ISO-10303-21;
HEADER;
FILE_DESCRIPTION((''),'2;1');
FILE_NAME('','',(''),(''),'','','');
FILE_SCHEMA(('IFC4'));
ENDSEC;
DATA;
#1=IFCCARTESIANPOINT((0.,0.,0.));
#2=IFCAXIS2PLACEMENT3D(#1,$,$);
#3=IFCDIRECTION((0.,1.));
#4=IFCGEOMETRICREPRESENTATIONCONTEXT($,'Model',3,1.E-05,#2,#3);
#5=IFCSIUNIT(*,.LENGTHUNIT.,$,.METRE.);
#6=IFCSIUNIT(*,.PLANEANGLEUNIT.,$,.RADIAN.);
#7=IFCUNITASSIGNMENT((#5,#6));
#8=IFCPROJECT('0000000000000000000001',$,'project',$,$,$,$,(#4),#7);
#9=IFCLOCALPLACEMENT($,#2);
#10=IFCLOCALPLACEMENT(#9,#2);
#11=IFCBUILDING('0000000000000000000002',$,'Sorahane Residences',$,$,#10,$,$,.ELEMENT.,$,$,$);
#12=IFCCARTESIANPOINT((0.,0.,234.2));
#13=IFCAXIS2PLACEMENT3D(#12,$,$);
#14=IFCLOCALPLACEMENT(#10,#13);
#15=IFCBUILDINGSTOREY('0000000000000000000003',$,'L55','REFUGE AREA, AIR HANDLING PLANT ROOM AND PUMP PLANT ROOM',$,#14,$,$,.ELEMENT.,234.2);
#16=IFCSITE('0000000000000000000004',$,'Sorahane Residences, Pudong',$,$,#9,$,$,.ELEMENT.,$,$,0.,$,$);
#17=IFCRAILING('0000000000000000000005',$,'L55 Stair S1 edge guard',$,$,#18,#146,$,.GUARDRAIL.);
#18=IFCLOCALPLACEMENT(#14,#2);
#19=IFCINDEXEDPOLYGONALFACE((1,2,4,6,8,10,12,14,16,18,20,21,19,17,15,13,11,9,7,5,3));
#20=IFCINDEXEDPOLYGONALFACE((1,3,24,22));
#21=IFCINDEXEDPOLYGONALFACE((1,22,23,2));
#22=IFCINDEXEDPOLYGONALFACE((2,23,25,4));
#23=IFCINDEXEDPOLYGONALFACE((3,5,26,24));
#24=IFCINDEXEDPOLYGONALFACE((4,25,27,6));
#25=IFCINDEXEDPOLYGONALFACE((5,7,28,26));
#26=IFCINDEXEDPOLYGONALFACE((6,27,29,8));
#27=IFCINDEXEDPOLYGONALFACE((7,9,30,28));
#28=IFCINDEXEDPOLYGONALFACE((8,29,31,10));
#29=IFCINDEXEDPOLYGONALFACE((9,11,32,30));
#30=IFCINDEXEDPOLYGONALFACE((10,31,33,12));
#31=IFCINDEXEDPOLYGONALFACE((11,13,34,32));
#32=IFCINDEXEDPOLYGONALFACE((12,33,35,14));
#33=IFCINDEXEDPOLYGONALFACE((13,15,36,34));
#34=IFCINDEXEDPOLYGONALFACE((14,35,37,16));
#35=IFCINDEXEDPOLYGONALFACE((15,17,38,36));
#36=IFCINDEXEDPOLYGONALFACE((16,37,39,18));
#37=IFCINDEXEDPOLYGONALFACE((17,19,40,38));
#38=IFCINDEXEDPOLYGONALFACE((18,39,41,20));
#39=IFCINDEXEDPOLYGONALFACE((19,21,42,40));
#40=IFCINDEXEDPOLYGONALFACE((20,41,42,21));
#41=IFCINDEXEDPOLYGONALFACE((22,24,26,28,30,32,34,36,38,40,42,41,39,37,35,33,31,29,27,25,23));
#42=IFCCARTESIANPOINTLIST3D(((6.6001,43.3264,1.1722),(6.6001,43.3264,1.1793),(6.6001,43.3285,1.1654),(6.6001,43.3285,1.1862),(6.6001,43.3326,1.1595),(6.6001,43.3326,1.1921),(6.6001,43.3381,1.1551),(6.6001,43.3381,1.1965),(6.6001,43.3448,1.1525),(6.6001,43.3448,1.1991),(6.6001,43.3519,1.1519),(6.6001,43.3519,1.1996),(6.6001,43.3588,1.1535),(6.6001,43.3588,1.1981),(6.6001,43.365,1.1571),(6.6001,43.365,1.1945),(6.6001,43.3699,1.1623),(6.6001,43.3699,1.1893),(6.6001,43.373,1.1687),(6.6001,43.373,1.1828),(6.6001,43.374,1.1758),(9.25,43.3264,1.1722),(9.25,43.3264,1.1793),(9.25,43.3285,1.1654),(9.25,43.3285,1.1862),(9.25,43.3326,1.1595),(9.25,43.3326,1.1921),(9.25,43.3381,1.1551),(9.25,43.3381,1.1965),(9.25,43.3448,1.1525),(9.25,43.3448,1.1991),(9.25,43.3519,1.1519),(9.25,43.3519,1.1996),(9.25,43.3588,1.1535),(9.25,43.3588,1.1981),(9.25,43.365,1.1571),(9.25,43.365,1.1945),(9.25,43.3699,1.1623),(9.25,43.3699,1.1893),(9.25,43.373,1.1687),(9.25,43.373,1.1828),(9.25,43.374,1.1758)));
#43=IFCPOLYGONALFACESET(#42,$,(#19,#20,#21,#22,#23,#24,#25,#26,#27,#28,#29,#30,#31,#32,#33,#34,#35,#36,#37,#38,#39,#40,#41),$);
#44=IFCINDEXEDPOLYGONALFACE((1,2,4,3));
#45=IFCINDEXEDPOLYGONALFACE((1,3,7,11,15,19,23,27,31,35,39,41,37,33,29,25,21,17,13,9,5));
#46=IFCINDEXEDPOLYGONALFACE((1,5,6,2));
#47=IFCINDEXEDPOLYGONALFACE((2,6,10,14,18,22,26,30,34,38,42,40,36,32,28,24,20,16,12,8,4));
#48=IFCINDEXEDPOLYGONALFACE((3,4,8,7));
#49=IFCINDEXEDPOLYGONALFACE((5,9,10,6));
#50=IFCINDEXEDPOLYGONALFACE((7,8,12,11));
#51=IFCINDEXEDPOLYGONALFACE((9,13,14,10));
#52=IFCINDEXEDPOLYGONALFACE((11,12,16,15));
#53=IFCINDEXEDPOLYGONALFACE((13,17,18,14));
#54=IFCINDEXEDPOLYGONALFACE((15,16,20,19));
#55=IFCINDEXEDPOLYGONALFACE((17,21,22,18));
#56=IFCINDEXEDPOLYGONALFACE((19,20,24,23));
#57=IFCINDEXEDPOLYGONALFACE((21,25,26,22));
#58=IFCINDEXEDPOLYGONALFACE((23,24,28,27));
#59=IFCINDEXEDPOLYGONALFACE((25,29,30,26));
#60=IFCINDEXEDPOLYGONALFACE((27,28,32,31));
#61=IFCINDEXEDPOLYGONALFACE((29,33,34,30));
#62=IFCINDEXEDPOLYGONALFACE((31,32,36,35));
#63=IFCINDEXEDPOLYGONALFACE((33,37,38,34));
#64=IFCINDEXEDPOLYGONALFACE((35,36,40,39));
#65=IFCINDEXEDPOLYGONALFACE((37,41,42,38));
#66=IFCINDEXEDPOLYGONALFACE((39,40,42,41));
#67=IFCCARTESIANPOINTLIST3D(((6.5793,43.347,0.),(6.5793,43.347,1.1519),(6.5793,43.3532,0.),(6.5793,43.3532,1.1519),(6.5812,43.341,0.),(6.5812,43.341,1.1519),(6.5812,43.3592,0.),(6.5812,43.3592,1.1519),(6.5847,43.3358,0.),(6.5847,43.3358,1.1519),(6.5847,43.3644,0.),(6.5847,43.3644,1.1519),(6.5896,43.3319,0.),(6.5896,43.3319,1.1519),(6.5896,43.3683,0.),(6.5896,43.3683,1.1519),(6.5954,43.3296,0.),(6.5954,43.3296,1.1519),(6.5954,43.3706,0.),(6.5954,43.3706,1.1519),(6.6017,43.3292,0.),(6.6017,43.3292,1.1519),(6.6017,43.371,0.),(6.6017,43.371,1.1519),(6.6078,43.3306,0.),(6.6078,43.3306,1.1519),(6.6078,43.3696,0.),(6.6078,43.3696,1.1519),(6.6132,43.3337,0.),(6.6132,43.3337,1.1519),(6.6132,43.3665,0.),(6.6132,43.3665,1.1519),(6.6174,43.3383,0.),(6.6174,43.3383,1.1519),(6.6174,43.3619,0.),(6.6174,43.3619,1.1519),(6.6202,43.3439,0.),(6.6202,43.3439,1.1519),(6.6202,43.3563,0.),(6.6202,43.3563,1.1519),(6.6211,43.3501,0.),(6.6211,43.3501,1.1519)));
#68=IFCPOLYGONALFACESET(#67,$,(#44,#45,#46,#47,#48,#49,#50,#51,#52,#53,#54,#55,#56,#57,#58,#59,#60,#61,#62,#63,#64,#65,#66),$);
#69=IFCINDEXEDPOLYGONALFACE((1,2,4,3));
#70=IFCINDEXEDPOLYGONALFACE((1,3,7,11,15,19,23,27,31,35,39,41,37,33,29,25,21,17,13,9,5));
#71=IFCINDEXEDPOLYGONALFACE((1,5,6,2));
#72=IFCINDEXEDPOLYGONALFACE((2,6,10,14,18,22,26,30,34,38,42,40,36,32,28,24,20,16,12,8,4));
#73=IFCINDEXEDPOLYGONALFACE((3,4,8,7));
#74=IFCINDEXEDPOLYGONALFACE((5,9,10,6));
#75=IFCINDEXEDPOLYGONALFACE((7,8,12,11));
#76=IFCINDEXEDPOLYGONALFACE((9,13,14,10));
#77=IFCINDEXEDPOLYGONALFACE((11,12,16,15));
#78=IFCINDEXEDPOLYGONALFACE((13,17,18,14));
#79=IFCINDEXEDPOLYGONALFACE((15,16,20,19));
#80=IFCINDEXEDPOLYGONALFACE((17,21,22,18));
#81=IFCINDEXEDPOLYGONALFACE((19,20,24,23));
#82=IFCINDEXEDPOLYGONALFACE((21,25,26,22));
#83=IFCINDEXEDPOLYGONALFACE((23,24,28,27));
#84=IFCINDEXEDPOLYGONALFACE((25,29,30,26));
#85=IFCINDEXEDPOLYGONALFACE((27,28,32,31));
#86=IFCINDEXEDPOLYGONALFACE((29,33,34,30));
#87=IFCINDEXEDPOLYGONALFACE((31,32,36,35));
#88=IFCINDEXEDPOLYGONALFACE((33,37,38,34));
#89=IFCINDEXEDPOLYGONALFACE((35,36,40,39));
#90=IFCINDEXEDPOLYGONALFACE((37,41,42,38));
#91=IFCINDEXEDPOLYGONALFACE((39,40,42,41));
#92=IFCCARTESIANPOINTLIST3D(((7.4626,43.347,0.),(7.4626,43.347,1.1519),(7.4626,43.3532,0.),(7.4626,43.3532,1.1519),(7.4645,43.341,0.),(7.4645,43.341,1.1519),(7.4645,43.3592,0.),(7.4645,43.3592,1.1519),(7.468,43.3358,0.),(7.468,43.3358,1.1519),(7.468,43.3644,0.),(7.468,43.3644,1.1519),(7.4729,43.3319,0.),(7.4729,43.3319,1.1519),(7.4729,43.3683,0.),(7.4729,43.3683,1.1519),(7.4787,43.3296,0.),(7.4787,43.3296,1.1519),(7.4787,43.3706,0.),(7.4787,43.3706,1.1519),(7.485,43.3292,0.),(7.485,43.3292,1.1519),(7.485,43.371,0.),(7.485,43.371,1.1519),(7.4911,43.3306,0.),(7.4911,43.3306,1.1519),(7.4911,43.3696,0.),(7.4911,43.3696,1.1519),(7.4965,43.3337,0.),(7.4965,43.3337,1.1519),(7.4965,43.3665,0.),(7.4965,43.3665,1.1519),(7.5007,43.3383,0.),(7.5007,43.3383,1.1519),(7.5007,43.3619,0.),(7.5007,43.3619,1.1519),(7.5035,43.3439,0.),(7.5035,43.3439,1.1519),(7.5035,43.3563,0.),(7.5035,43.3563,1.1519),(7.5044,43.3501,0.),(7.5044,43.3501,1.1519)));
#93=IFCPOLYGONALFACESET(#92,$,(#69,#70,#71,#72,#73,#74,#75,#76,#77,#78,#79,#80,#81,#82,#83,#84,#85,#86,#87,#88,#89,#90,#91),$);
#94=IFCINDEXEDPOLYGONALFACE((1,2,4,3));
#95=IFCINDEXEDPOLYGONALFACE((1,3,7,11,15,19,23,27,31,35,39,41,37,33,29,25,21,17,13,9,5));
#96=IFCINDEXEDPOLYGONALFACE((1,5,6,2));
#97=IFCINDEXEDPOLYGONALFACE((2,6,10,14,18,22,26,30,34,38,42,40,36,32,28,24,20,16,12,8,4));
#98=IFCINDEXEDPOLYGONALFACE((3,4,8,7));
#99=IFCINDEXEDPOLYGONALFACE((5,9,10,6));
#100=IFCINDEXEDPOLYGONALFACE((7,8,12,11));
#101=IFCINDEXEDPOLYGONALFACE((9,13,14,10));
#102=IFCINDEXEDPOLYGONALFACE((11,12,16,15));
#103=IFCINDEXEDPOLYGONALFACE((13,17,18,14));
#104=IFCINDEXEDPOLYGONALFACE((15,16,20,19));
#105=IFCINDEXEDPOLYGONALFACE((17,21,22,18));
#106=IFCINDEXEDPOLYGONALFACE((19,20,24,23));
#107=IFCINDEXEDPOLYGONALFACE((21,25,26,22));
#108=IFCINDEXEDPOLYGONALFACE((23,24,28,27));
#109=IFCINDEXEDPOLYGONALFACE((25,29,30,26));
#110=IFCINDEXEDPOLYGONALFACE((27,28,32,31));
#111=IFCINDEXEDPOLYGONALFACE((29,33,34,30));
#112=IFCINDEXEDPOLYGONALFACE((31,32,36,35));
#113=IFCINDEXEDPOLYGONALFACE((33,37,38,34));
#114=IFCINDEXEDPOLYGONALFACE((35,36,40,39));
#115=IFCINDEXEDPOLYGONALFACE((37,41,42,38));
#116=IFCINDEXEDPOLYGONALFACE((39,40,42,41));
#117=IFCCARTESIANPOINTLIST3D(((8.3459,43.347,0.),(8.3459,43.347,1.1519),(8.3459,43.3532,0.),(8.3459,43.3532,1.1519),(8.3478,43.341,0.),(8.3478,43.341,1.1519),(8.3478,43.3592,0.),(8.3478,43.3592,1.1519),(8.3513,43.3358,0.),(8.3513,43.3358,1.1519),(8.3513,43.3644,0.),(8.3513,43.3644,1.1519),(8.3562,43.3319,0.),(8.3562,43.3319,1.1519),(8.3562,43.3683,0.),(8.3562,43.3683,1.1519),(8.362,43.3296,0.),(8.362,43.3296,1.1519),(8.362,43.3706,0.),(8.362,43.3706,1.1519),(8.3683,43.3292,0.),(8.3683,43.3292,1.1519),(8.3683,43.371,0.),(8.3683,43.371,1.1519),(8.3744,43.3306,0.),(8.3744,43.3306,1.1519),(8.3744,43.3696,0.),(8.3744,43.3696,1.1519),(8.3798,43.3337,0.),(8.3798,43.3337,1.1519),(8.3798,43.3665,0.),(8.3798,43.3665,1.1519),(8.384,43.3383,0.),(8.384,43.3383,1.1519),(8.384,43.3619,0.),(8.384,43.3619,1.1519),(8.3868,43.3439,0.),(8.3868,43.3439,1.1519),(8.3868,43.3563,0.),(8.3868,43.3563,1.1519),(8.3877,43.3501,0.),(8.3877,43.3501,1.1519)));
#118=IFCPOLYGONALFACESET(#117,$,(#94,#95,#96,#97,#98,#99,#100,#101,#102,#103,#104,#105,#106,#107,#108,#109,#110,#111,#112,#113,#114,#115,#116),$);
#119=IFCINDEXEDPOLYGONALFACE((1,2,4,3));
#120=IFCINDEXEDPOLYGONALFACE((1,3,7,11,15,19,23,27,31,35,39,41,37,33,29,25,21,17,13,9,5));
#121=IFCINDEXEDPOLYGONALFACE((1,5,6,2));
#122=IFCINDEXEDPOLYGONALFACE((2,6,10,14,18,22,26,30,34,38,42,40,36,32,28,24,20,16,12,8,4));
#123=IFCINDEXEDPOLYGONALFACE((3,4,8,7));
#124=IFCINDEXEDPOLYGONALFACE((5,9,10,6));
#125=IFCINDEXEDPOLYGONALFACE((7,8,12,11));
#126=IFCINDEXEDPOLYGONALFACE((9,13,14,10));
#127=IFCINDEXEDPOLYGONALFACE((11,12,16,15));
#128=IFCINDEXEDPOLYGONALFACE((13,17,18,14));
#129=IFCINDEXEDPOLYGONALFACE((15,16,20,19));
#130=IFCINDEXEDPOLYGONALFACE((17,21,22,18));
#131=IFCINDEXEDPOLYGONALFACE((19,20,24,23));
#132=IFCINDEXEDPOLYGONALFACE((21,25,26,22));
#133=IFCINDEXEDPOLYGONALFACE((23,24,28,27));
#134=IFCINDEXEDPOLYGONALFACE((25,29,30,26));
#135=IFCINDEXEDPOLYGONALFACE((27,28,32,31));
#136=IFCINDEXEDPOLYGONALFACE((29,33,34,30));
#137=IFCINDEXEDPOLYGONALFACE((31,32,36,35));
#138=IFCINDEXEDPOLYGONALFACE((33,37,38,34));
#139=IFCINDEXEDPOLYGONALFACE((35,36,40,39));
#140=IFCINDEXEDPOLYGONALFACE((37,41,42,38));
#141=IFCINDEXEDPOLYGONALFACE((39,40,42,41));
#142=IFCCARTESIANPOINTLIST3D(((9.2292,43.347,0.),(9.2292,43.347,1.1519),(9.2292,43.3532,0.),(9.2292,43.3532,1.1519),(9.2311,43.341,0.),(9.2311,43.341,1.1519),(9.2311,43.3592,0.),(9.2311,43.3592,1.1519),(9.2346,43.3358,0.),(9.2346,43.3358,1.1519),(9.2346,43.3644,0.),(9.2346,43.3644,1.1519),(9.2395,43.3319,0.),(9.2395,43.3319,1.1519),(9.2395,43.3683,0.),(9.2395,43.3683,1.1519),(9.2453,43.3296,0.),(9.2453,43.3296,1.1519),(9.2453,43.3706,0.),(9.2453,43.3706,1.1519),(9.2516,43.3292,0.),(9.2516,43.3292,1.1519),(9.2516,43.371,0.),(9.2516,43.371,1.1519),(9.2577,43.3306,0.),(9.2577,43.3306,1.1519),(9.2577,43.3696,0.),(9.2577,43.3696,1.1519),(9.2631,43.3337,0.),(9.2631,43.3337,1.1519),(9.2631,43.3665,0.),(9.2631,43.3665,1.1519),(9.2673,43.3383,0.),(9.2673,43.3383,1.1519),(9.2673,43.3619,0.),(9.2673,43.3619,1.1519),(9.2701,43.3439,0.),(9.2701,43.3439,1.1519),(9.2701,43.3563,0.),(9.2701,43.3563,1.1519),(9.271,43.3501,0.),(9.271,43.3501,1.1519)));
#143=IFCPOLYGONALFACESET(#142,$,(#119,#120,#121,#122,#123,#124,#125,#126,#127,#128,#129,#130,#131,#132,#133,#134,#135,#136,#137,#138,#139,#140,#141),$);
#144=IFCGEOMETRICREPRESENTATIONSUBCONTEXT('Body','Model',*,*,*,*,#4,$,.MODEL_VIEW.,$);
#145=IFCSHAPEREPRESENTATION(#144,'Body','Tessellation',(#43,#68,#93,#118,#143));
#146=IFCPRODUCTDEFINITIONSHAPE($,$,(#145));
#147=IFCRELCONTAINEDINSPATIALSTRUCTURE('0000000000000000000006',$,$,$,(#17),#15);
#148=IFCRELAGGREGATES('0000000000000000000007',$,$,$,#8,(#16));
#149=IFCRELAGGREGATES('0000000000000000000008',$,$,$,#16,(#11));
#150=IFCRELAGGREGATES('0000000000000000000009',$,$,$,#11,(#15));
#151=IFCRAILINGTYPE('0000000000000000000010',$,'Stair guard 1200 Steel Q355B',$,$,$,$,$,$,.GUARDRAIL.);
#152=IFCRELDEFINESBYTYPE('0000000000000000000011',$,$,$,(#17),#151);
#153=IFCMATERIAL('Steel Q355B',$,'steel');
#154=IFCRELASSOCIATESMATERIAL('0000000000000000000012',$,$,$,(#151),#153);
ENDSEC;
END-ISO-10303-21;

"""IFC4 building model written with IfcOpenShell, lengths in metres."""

from ifc_helpers import new_model, si_unit, direction, frame, origin, origin_2d, place, context, subcontext, project, spatial, circle, extrude, material, type_object, element, save


model = new_model("IFC4")

# Units and contexts
model_context = context("Model", 3, precision=1e-05, world=origin(), true_north=direction((0.0, 1.0)))
body_context = subcontext(model_context, "Body", "Model", "MODEL_VIEW")
ifc_project = project(units=[si_unit("LENGTHUNIT", "METRE"), si_unit("PLANEANGLEUNIT", "RADIAN")], contexts=[model_context])

# Site, building, storey
site_placement = place(None, origin())
site = spatial("IfcSite", under=ifc_project, at=site_placement, Name="Sorahane Residences, Pudong", CompositionType="ELEMENT", RefElevation=0.0)
building_placement = place(site_placement, origin())
building = spatial("IfcBuilding", under=site, at=building_placement, Name="Sorahane Residences", CompositionType="ELEMENT")
storey_placement = place(building_placement, frame((0.0, 0.0, 234.2)))
storey = spatial("IfcBuildingStorey", under=building, at=storey_placement, Name="L55", Description="REFUGE AREA, AIR HANDLING PLANT ROOM AND PUMP PLANT ROOM", CompositionType="ELEMENT", Elevation=234.2)

# Railing
ifc_material_1 = material(Name="Steel Q355B", Category="steel")
railing_type = type_object("IfcRailingType", Name="Stair guard 1200 Steel Q355B", PredefinedType="GUARDRAIL", material=ifc_material_1)
railing_1_placement = place(storey_placement, frame((6.6001, 43.3501, 0.0)))
element("IfcRailing", 1, at=railing_1_placement, inside=storey, type_object=railing_type, Name="L55 Stair S1 edge guard", PredefinedType="GUARDRAIL", context=body_context, shape_type="SweptSolid", body=[
    extrude(circle(Radius=0.0239, at=origin_2d()), frame((0.0, 0.0, 1.1758), z_axis=(1.0, 0.0, 0.0), x_axis=(0.0, 1.0, 0.0)), (0.0, 0.0, 1.0), 2.6499),
    extrude(circle(Radius=0.021, at=origin_2d()), origin(), (0.0, 0.0, 1.0), 1.1519),
    extrude(circle(Radius=0.021, at=origin_2d()), frame((0.8833, 0.0, 0.0)), (0.0, 0.0, 1.0), 1.1519),
    extrude(circle(Radius=0.021, at=origin_2d()), frame((1.7666, 0.0, 0.0)), (0.0, 0.0, 1.0), 1.1519),
    extrude(circle(Radius=0.021, at=origin_2d()), frame((2.6499, 0.0, 0.0)), (0.0, 0.0, 1.0), 1.1519),
])

save(model, "model.ifc")
